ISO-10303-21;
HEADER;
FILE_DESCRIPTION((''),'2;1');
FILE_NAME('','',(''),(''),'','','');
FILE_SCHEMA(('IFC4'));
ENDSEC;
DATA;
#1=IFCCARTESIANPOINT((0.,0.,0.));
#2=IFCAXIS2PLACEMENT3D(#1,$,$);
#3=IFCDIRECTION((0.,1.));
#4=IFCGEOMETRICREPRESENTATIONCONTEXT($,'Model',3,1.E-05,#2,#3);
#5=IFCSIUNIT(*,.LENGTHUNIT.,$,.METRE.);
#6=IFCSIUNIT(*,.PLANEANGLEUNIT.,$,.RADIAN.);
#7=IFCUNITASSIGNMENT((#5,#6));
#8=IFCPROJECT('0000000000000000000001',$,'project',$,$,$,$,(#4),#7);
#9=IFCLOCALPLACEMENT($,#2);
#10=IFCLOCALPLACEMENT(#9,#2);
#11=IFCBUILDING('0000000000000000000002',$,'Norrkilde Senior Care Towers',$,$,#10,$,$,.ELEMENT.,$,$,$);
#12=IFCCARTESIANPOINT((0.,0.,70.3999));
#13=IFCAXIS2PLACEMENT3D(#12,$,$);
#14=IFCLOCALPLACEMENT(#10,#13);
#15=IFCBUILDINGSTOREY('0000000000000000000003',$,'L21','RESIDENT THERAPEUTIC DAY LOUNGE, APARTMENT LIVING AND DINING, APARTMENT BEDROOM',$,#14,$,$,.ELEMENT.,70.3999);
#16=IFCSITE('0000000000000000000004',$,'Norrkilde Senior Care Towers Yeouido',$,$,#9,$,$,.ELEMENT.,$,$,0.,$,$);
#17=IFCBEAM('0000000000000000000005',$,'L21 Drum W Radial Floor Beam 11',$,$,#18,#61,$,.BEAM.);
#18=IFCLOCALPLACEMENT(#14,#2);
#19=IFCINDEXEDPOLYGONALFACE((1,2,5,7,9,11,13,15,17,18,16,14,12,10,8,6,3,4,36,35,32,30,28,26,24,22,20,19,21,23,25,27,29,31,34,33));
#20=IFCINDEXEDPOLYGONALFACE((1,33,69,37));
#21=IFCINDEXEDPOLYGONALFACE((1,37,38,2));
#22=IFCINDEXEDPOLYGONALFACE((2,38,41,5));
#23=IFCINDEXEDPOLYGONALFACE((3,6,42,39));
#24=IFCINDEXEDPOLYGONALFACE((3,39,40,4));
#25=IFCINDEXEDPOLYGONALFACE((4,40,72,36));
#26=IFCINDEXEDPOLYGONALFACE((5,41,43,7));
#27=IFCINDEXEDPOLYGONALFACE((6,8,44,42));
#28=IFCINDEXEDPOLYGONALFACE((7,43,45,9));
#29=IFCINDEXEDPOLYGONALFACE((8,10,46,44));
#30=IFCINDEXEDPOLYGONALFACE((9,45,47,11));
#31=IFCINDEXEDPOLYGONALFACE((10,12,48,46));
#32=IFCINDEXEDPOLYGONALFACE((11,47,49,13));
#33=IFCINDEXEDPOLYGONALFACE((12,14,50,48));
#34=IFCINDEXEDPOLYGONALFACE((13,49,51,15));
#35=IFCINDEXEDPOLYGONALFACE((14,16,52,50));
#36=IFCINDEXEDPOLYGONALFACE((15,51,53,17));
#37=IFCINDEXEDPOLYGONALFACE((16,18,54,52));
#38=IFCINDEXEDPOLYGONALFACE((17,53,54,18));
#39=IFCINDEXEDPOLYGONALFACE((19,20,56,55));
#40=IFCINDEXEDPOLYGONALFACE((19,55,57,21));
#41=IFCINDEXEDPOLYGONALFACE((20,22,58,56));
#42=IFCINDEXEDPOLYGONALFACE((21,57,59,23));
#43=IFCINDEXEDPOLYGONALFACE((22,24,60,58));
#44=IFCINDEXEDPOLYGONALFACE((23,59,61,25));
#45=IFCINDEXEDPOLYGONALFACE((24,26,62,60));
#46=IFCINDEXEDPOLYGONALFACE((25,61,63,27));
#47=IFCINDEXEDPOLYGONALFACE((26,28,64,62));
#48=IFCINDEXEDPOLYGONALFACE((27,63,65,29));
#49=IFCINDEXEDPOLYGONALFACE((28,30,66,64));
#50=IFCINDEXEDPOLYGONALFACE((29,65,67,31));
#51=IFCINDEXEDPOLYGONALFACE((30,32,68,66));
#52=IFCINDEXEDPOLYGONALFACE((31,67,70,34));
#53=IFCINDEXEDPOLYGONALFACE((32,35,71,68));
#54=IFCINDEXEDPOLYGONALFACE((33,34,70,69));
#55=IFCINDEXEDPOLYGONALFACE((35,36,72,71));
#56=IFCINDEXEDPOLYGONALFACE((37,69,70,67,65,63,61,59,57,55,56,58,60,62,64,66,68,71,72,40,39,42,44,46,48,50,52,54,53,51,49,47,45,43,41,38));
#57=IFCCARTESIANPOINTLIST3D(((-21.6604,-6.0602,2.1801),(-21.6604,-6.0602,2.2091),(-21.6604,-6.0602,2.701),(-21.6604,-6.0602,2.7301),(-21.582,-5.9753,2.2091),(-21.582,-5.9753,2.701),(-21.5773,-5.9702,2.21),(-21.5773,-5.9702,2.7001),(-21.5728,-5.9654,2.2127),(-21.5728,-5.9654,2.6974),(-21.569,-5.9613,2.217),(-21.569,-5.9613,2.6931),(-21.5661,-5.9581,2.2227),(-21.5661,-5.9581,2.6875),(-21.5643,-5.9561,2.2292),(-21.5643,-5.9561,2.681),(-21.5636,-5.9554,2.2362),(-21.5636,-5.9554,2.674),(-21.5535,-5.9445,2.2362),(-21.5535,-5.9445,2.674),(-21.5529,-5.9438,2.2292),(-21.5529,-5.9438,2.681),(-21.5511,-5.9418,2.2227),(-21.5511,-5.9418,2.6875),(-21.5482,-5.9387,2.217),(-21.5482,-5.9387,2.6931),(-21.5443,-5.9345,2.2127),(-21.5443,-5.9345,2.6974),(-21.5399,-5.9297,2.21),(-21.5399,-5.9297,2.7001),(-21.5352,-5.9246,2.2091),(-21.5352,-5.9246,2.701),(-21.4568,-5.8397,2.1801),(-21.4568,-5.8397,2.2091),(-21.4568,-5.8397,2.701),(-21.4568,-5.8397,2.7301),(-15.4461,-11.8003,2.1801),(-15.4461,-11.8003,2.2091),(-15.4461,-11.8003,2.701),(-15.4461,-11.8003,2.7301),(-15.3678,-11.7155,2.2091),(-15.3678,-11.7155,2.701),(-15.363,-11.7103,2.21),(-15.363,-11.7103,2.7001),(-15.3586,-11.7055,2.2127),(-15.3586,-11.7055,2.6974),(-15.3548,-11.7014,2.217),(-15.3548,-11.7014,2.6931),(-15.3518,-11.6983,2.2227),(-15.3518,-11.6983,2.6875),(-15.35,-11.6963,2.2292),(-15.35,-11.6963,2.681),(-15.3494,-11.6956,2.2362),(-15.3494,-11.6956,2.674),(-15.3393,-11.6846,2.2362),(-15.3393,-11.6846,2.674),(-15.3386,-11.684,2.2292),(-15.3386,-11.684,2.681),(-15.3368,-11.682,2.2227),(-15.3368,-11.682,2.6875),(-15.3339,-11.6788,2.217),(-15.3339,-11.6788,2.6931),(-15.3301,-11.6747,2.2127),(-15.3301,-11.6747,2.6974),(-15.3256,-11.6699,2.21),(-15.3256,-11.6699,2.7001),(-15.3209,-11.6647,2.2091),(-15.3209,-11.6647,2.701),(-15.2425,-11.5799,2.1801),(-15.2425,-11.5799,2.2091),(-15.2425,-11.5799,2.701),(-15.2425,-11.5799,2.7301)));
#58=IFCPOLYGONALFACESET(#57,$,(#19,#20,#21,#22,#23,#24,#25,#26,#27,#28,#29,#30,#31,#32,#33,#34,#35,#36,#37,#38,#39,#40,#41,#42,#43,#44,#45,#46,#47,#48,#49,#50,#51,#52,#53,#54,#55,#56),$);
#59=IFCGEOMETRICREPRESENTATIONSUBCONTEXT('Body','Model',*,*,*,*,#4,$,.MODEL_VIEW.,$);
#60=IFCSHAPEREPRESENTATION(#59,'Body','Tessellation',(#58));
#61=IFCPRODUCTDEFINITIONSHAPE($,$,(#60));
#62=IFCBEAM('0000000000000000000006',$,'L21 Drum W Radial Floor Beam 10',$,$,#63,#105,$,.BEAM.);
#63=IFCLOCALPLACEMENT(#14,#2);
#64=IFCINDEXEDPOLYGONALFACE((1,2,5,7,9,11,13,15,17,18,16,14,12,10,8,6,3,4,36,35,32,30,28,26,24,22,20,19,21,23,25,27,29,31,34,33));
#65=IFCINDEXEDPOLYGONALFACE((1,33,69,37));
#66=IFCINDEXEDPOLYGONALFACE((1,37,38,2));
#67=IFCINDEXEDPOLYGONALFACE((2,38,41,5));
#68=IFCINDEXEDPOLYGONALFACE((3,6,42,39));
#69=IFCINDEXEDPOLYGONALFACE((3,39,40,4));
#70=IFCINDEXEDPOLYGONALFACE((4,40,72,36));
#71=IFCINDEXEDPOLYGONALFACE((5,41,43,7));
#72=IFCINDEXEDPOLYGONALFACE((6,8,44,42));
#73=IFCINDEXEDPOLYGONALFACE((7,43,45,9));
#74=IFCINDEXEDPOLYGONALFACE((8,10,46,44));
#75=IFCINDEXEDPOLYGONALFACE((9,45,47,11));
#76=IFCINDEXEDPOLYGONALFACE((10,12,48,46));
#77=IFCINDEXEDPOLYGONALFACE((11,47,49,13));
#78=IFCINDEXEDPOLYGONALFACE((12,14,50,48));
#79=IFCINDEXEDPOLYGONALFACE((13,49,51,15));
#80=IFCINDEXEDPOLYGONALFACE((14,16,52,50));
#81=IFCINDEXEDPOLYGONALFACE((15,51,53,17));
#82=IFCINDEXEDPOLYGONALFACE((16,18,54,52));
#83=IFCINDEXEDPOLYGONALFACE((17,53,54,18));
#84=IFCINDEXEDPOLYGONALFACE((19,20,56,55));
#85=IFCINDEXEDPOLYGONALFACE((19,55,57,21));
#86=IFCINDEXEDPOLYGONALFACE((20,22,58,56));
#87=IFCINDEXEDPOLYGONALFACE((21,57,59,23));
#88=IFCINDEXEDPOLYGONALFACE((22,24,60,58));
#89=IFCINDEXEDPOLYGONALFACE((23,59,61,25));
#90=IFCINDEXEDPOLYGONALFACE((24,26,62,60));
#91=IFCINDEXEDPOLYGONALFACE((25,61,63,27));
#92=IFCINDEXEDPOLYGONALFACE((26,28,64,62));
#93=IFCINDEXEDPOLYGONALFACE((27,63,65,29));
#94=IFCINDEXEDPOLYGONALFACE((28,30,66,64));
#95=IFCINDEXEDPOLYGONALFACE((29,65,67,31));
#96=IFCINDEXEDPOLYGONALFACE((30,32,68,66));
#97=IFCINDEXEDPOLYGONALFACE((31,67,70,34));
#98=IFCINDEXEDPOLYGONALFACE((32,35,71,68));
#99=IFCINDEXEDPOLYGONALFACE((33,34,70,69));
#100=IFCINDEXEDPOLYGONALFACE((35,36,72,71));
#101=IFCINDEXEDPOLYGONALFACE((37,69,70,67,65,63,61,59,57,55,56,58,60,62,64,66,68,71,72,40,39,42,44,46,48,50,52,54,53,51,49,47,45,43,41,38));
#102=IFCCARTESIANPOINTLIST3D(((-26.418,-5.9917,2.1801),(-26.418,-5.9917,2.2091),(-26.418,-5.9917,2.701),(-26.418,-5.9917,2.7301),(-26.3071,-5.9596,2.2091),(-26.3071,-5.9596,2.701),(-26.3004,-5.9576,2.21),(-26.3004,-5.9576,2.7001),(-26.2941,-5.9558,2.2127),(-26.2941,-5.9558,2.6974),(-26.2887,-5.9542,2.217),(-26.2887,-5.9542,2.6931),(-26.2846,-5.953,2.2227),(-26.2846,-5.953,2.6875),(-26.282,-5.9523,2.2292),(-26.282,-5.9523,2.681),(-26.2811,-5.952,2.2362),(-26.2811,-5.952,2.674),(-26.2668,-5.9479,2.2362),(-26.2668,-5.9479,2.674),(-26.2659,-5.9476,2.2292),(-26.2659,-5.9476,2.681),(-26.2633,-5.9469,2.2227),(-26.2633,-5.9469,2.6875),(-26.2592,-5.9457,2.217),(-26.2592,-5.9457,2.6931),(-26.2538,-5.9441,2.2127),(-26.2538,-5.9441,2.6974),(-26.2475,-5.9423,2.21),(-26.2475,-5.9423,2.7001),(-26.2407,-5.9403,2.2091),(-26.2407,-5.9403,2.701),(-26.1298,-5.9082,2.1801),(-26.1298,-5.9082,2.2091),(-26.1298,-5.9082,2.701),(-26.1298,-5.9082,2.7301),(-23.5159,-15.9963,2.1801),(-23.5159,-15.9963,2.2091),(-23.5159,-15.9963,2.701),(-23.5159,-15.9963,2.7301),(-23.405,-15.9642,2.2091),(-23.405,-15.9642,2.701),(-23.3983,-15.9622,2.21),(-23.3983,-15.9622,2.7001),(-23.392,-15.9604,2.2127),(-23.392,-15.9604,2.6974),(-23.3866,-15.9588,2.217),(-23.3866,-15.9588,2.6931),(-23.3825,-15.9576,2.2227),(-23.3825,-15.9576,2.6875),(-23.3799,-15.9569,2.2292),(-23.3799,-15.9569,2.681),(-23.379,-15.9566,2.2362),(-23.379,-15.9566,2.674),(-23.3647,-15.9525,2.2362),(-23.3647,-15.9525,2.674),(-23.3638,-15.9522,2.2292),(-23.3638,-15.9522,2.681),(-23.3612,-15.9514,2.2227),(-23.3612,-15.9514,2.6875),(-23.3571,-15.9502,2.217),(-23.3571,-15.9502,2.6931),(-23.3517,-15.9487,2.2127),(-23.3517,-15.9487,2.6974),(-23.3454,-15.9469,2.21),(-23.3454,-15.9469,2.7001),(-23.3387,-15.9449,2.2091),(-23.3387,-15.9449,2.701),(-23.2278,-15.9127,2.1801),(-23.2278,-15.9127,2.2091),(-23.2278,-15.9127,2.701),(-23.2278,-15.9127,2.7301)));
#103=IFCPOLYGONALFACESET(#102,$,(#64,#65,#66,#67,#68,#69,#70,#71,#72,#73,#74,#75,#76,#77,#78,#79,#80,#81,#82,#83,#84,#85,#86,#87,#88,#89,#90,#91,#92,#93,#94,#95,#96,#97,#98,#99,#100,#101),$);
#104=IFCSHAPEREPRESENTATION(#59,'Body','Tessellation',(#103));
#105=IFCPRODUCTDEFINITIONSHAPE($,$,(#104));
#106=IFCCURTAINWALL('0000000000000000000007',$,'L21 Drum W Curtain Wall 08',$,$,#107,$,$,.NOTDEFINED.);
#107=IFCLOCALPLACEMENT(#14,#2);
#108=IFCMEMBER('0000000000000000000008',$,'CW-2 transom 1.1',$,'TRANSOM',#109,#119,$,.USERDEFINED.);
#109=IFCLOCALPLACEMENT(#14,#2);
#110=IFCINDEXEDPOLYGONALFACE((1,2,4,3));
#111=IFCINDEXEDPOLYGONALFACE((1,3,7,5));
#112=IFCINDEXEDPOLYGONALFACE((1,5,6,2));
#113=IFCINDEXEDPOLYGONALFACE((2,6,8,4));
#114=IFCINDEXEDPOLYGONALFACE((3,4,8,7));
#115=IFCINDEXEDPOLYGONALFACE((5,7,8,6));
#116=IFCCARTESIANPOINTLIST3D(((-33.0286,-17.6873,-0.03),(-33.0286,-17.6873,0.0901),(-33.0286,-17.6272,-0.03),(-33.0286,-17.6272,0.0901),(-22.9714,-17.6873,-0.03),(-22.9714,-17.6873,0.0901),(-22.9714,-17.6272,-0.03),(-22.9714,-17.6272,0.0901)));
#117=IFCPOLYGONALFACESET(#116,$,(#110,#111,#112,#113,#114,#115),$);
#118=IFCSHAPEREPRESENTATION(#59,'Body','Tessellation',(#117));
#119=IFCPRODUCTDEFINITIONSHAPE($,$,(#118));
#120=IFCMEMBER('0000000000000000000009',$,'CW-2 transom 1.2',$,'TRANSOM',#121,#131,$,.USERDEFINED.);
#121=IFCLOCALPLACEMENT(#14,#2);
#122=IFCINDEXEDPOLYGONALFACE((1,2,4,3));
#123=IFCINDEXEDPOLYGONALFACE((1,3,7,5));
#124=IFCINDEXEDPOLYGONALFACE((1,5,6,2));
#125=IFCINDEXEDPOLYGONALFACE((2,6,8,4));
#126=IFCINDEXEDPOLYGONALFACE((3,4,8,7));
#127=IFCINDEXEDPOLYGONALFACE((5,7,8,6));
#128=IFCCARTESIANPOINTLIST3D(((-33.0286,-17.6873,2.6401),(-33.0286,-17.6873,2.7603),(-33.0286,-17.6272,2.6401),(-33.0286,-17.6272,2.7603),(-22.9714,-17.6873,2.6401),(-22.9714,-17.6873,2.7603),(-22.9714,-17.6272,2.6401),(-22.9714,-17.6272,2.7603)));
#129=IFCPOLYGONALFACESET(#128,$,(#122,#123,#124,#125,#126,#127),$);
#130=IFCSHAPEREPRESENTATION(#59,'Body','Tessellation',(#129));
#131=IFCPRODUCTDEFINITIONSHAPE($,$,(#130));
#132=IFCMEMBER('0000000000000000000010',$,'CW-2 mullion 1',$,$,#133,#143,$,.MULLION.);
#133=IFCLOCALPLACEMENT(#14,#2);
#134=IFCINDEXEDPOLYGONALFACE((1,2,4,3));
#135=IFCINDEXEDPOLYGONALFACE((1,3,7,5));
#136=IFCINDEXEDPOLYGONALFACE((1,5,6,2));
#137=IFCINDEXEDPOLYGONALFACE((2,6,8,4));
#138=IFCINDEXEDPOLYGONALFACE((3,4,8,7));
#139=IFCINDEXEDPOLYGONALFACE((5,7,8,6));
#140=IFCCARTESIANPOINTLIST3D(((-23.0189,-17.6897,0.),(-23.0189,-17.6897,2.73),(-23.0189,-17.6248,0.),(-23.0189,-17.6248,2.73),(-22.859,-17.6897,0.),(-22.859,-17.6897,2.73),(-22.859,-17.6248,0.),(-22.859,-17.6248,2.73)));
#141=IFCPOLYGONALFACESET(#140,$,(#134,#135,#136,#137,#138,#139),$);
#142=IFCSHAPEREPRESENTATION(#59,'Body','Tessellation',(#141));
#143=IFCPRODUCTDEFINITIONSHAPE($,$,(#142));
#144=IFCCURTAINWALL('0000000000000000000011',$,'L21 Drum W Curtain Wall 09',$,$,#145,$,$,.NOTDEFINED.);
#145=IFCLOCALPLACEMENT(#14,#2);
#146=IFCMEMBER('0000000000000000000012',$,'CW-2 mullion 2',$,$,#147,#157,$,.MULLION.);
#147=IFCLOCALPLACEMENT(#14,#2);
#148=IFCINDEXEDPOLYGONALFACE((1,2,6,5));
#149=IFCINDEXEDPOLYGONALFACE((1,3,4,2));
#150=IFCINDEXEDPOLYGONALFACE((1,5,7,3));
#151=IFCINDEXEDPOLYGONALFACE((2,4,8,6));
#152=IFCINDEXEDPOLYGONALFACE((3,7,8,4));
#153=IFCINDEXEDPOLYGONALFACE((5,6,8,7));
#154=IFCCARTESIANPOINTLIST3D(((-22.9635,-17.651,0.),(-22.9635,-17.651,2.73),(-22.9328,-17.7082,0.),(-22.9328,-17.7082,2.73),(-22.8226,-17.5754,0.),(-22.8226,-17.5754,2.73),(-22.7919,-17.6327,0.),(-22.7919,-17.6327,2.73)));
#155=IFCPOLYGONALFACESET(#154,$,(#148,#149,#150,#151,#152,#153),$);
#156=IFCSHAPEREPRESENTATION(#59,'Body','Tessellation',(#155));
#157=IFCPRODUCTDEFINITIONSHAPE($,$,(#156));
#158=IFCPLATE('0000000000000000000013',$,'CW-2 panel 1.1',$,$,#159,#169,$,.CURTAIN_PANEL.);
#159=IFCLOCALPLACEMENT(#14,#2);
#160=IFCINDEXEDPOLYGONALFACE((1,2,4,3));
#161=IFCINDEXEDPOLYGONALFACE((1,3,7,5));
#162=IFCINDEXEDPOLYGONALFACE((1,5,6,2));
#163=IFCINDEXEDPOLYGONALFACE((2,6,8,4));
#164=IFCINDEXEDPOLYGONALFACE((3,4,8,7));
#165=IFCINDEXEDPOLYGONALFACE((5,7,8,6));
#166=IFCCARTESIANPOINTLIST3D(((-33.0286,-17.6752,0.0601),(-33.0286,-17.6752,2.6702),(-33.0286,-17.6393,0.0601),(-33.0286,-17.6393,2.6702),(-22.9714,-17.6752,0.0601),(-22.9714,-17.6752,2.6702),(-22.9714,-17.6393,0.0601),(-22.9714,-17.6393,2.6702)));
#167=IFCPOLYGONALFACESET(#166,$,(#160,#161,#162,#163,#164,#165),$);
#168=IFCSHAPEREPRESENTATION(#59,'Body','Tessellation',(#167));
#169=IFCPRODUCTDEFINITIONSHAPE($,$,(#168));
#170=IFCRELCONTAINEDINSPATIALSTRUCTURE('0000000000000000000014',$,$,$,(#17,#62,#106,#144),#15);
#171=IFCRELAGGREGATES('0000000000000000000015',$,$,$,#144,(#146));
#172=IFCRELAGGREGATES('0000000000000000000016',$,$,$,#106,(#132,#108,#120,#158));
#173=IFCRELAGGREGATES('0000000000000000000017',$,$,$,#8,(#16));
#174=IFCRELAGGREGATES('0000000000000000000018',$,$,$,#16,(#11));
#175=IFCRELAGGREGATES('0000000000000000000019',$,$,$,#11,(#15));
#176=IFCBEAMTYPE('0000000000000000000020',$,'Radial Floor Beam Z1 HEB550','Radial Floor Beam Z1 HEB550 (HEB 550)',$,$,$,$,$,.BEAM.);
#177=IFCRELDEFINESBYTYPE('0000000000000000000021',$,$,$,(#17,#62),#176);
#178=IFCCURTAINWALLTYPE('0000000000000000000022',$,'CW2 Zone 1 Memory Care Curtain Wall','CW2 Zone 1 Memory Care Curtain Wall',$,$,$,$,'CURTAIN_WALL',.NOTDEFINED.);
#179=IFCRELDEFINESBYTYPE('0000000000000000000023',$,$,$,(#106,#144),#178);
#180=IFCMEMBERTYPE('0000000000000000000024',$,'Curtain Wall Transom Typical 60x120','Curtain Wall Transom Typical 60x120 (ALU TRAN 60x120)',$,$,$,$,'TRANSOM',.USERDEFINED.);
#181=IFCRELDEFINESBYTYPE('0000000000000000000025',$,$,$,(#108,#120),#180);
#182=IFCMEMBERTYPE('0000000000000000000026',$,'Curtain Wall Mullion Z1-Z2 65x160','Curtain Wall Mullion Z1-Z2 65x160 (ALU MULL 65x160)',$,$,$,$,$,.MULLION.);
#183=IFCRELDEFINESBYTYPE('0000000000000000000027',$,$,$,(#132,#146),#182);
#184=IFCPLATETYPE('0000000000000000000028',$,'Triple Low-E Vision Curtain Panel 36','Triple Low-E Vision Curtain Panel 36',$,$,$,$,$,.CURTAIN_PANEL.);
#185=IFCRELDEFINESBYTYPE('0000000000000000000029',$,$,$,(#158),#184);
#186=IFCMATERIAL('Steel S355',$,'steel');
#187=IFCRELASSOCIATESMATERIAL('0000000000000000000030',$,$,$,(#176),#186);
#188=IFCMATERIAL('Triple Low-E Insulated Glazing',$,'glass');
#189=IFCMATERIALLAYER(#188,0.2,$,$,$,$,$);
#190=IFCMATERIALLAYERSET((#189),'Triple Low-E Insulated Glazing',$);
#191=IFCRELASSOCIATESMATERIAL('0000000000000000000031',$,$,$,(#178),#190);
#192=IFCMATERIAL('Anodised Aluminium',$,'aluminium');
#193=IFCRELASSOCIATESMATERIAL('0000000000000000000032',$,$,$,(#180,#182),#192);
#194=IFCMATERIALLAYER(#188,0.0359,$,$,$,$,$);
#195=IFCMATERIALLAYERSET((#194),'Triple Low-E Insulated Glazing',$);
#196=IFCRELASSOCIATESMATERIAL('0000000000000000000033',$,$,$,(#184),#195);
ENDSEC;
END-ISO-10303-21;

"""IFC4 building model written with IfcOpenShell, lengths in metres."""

from ifc_helpers import new_model, si_unit, direction, frame, origin, origin_2d, place, context, subcontext, project, spatial, rectangle, i_section, extrude, source, transform, mapped, material, layer, layer_set, material_profile, profile_set, type_object, type_shapes, element, aggregate, save


model = new_model("IFC4")

# Units and contexts
model_context = context("Model", 3, precision=1e-05, world=origin(), true_north=direction((0.0, 1.0)))
body_context = subcontext(model_context, "Body", "Model", "MODEL_VIEW")
ifc_project = project(units=[si_unit("LENGTHUNIT", "METRE"), si_unit("PLANEANGLEUNIT", "RADIAN")], contexts=[model_context])

# Site, building, storey
site_placement = place(None, origin())
site = spatial("IfcSite", under=ifc_project, at=site_placement, Name="Norrkilde Senior Care Towers Yeouido", CompositionType="ELEMENT", RefElevation=0.0)
building_placement = place(site_placement, origin())
building = spatial("IfcBuilding", under=site, at=building_placement, Name="Norrkilde Senior Care Towers", CompositionType="ELEMENT")
storey_placement = place(building_placement, frame((0.0, 0.0, 70.3999)))
storey = spatial("IfcBuildingStorey", under=building, at=storey_placement, Name="L21", Description="RESIDENT THERAPEUTIC DAY LOUNGE, APARTMENT LIVING AND DINING, APARTMENT BEDROOM", CompositionType="ELEMENT", Elevation=70.3999)

# Beams
ifc_material_1 = material(Name="Steel S355", Category="steel")
ifc_material_profile_1 = material_profile(ifc_material_1, i_section(OverallWidth=0.3, OverallDepth=0.55, WebThickness=0.0149, FlangeThickness=0.0291, FilletRadius=0.0271, at=origin_2d()), Name="HEB 550")
ifc_profile_set_1 = profile_set([ifc_material_profile_1], Name="Steel S355")
beam_type_1 = type_object("IfcBeamType", Name="Radial Floor Beam Z1 HEB550", Description="Radial Floor Beam Z1 HEB550 (HEB 550)", PredefinedType="BEAM", material=ifc_profile_set_1)
shared_shape_1 = source(origin(), body_context, "Body", "SweptSolid", [
    extrude(i_section(OverallWidth=0.3, OverallDepth=0.55, WebThickness=0.0149, FlangeThickness=0.0291, FilletRadius=0.0271, at=origin_2d()), origin(), (0.0, 0.0, 1.0), 8.4597),
])
beam_1_placement = place(storey_placement, frame((-21.5586, -5.95, 2.4551), z_axis=(0.734573, -0.678529, 0.0), x_axis=(0.678529, 0.734573, 0.0)))
element("IfcBeam", 1, at=beam_1_placement, inside=storey, type_object=beam_type_1, Name="L21 Drum W Radial Floor Beam 11", PredefinedType="BEAM", context=body_context, shape_type="MappedRepresentation", body=[
    mapped(shared_shape_1, transform((0.0, 0.0, 0.0), x_axis=(1.0, 0.0, 0.0), y_axis=(0.0, 1.0, 0.0), z_axis=(0.0, 0.0, 1.0), scale=1.0)),
])
shared_shape_2 = source(origin(), body_context, "Body", "SweptSolid", [
    extrude(i_section(OverallWidth=0.3, OverallDepth=0.55, WebThickness=0.0149, FlangeThickness=0.0291, FilletRadius=0.0271, at=origin_2d()), origin(), (0.0, 0.0, 1.0), 10.417),
])
beam_2_placement = place(storey_placement, frame((-26.2739, -5.95, 2.4551), z_axis=(0.278591, -0.96041, 0.0), x_axis=(0.96041, 0.278591, 0.0)))
element("IfcBeam", 2, at=beam_2_placement, inside=storey, type_object=beam_type_1, Name="L21 Drum W Radial Floor Beam 10", PredefinedType="BEAM", context=body_context, shape_type="MappedRepresentation", body=[
    mapped(shared_shape_2, transform((0.0, 0.0, 0.0), x_axis=(1.0, 0.0, 0.0), y_axis=(0.0, 1.0, 0.0), z_axis=(0.0, 0.0, 1.0), scale=1.0)),
])

# Curtain wall, members
ifc_material_2 = material(Name="Triple Low-E Insulated Glazing", Category="glass")
ifc_layer_1 = layer(ifc_material_2, 0.2)
ifc_layer_set_1 = layer_set([ifc_layer_1], Name="Triple Low-E Insulated Glazing")
curtain_wall_type = type_object("IfcCurtainWallType", Name="CW2 Zone 1 Memory Care Curtain Wall", Description="CW2 Zone 1 Memory Care Curtain Wall", ElementType="CURTAIN_WALL", PredefinedType="NOTDEFINED", material=ifc_layer_set_1)
curtain_wall_1_placement = place(storey_placement, origin())
curtain_wall_1 = element("IfcCurtainWall", 3, at=curtain_wall_1_placement, inside=storey, type_object=curtain_wall_type, Name="L21 Drum W Curtain Wall 08", PredefinedType="NOTDEFINED")
ifc_material_3 = material(Name="Anodised Aluminium", Category="aluminium")
ifc_material_profile_2 = material_profile(ifc_material_3, rectangle(XDim=0.0601, YDim=0.1201, at=origin_2d()), Name="ALU TRAN 60x120")
ifc_profile_set_2 = profile_set([ifc_material_profile_2], Name="Anodised Aluminium")
member_type_1 = type_object("IfcMemberType", Name="Curtain Wall Transom Typical 60x120", Description="Curtain Wall Transom Typical 60x120 (ALU TRAN 60x120)", ElementType="TRANSOM", PredefinedType="USERDEFINED", material=ifc_profile_set_2)
shared_shape_3 = source(origin(), body_context, "Body", "SweptSolid", [
    extrude(rectangle(XDim=0.0601, YDim=0.1201, at=origin_2d()), origin(), (0.0, 0.0, 1.0), 10.0571),
])
type_shapes(member_type_1, [shared_shape_3])
member_1_placement = place(storey_placement, frame((-22.9714, -17.6572, 0.03), z_axis=(-1.0, 0.0, 0.0), x_axis=(0.0, -1.0, 0.0)))
member_1 = element("IfcMember", 4, at=member_1_placement, type_object=member_type_1, Name="CW-2 transom 1.1", ObjectType="TRANSOM", PredefinedType="USERDEFINED", context=body_context, shape_type="MappedRepresentation", body=[
    mapped(shared_shape_3, transform((0.0, 0.0, 0.0), x_axis=(1.0, 0.0, 0.0), y_axis=(0.0, 1.0, 0.0), z_axis=(0.0, 0.0, 1.0), scale=1.0)),
])
member_2_placement = place(storey_placement, frame((-22.9714, -17.6572, 2.7002), z_axis=(-1.0, 0.0, 0.0), x_axis=(0.0, -1.0, 0.0)))
member_2 = element("IfcMember", 5, at=member_2_placement, type_object=member_type_1, Name="CW-2 transom 1.2", ObjectType="TRANSOM", PredefinedType="USERDEFINED", context=body_context, shape_type="MappedRepresentation", body=[
    mapped(shared_shape_3, transform((0.0, 0.0, 0.0), x_axis=(1.0, 0.0, 0.0), y_axis=(0.0, 1.0, 0.0), z_axis=(0.0, 0.0, 1.0), scale=1.0)),
])
ifc_material_profile_3 = material_profile(ifc_material_3, rectangle(XDim=0.0649, YDim=0.1599, at=origin_2d()), Name="ALU MULL 65x160")
ifc_profile_set_3 = profile_set([ifc_material_profile_3], Name="Anodised Aluminium")
member_type_2 = type_object("IfcMemberType", Name="Curtain Wall Mullion Z1-Z2 65x160", Description="Curtain Wall Mullion Z1-Z2 65x160 (ALU MULL 65x160)", PredefinedType="MULLION", material=ifc_profile_set_3)
shared_shape_4 = source(origin(), body_context, "Body", "SweptSolid", [
    extrude(rectangle(XDim=0.0649, YDim=0.1599, at=origin_2d()), origin(), (0.0, 0.0, 1.0), 2.73),
])
type_shapes(member_type_2, [shared_shape_4])
member_3_placement = place(storey_placement, frame((-22.939, -17.6572, 0.0), z_axis=(0.0, 0.0, 1.0), x_axis=(0.0, -1.0, 0.0)))
member_3 = element("IfcMember", 6, at=member_3_placement, type_object=member_type_2, Name="CW-2 mullion 1", PredefinedType="MULLION", context=body_context, shape_type="MappedRepresentation", body=[
    mapped(shared_shape_4, transform((0.0, 0.0, 0.0), x_axis=(1.0, 0.0, 0.0), y_axis=(0.0, 1.0, 0.0), z_axis=(0.0, 0.0, 1.0), scale=1.0)),
])

# Curtain wall, member
curtain_wall_2_placement = place(storey_placement, origin())
curtain_wall_2 = element("IfcCurtainWall", 7, at=curtain_wall_2_placement, inside=storey, type_object=curtain_wall_type, Name="L21 Drum W Curtain Wall 09", PredefinedType="NOTDEFINED")
member_4_placement = place(storey_placement, frame((-22.8777, -17.6418, 0.0), z_axis=(0.0, 0.0, 1.0), x_axis=(0.472608, -0.881273, 0.0)))
member_4 = element("IfcMember", 8, at=member_4_placement, type_object=member_type_2, Name="CW-2 mullion 2", PredefinedType="MULLION", context=body_context, shape_type="MappedRepresentation", body=[
    mapped(shared_shape_4, transform((0.0, 0.0, 0.0), x_axis=(1.0, 0.0, 0.0), y_axis=(0.0, 1.0, 0.0), z_axis=(0.0, 0.0, 1.0), scale=1.0)),
])
aggregate(curtain_wall_2, [member_4])

# Plate
ifc_layer_2 = layer(ifc_material_2, 0.0359)
ifc_layer_set_2 = layer_set([ifc_layer_2], Name="Triple Low-E Insulated Glazing")
plate_type = type_object("IfcPlateType", Name="Triple Low-E Vision Curtain Panel 36", Description="Triple Low-E Vision Curtain Panel 36", PredefinedType="CURTAIN_PANEL", material=ifc_layer_set_2)
shared_shape_5 = source(origin(), body_context, "Body", "SweptSolid", [
    extrude(rectangle(XDim=10.0571, YDim=0.0359, at=origin_2d()), origin(), (0.0, 0.0, 1.0), 2.6101),
])
type_shapes(plate_type, [shared_shape_5])
plate_placement = place(storey_placement, frame((-28.0, -17.6572, 0.0601), z_axis=(0.0, 0.0, 1.0), x_axis=(-1.0, 0.0, 0.0)))
plate = element("IfcPlate", 9, at=plate_placement, type_object=plate_type, Name="CW-2 panel 1.1", PredefinedType="CURTAIN_PANEL", context=body_context, shape_type="MappedRepresentation", body=[
    mapped(shared_shape_5, transform((0.0, 0.0, 0.0), x_axis=(1.0, 0.0, 0.0), y_axis=(0.0, 1.0, 0.0), z_axis=(0.0, 0.0, 1.0), scale=1.0)),
])
aggregate(curtain_wall_1, [member_3, member_1, member_2, plate])

save(model, "model.ifc")
